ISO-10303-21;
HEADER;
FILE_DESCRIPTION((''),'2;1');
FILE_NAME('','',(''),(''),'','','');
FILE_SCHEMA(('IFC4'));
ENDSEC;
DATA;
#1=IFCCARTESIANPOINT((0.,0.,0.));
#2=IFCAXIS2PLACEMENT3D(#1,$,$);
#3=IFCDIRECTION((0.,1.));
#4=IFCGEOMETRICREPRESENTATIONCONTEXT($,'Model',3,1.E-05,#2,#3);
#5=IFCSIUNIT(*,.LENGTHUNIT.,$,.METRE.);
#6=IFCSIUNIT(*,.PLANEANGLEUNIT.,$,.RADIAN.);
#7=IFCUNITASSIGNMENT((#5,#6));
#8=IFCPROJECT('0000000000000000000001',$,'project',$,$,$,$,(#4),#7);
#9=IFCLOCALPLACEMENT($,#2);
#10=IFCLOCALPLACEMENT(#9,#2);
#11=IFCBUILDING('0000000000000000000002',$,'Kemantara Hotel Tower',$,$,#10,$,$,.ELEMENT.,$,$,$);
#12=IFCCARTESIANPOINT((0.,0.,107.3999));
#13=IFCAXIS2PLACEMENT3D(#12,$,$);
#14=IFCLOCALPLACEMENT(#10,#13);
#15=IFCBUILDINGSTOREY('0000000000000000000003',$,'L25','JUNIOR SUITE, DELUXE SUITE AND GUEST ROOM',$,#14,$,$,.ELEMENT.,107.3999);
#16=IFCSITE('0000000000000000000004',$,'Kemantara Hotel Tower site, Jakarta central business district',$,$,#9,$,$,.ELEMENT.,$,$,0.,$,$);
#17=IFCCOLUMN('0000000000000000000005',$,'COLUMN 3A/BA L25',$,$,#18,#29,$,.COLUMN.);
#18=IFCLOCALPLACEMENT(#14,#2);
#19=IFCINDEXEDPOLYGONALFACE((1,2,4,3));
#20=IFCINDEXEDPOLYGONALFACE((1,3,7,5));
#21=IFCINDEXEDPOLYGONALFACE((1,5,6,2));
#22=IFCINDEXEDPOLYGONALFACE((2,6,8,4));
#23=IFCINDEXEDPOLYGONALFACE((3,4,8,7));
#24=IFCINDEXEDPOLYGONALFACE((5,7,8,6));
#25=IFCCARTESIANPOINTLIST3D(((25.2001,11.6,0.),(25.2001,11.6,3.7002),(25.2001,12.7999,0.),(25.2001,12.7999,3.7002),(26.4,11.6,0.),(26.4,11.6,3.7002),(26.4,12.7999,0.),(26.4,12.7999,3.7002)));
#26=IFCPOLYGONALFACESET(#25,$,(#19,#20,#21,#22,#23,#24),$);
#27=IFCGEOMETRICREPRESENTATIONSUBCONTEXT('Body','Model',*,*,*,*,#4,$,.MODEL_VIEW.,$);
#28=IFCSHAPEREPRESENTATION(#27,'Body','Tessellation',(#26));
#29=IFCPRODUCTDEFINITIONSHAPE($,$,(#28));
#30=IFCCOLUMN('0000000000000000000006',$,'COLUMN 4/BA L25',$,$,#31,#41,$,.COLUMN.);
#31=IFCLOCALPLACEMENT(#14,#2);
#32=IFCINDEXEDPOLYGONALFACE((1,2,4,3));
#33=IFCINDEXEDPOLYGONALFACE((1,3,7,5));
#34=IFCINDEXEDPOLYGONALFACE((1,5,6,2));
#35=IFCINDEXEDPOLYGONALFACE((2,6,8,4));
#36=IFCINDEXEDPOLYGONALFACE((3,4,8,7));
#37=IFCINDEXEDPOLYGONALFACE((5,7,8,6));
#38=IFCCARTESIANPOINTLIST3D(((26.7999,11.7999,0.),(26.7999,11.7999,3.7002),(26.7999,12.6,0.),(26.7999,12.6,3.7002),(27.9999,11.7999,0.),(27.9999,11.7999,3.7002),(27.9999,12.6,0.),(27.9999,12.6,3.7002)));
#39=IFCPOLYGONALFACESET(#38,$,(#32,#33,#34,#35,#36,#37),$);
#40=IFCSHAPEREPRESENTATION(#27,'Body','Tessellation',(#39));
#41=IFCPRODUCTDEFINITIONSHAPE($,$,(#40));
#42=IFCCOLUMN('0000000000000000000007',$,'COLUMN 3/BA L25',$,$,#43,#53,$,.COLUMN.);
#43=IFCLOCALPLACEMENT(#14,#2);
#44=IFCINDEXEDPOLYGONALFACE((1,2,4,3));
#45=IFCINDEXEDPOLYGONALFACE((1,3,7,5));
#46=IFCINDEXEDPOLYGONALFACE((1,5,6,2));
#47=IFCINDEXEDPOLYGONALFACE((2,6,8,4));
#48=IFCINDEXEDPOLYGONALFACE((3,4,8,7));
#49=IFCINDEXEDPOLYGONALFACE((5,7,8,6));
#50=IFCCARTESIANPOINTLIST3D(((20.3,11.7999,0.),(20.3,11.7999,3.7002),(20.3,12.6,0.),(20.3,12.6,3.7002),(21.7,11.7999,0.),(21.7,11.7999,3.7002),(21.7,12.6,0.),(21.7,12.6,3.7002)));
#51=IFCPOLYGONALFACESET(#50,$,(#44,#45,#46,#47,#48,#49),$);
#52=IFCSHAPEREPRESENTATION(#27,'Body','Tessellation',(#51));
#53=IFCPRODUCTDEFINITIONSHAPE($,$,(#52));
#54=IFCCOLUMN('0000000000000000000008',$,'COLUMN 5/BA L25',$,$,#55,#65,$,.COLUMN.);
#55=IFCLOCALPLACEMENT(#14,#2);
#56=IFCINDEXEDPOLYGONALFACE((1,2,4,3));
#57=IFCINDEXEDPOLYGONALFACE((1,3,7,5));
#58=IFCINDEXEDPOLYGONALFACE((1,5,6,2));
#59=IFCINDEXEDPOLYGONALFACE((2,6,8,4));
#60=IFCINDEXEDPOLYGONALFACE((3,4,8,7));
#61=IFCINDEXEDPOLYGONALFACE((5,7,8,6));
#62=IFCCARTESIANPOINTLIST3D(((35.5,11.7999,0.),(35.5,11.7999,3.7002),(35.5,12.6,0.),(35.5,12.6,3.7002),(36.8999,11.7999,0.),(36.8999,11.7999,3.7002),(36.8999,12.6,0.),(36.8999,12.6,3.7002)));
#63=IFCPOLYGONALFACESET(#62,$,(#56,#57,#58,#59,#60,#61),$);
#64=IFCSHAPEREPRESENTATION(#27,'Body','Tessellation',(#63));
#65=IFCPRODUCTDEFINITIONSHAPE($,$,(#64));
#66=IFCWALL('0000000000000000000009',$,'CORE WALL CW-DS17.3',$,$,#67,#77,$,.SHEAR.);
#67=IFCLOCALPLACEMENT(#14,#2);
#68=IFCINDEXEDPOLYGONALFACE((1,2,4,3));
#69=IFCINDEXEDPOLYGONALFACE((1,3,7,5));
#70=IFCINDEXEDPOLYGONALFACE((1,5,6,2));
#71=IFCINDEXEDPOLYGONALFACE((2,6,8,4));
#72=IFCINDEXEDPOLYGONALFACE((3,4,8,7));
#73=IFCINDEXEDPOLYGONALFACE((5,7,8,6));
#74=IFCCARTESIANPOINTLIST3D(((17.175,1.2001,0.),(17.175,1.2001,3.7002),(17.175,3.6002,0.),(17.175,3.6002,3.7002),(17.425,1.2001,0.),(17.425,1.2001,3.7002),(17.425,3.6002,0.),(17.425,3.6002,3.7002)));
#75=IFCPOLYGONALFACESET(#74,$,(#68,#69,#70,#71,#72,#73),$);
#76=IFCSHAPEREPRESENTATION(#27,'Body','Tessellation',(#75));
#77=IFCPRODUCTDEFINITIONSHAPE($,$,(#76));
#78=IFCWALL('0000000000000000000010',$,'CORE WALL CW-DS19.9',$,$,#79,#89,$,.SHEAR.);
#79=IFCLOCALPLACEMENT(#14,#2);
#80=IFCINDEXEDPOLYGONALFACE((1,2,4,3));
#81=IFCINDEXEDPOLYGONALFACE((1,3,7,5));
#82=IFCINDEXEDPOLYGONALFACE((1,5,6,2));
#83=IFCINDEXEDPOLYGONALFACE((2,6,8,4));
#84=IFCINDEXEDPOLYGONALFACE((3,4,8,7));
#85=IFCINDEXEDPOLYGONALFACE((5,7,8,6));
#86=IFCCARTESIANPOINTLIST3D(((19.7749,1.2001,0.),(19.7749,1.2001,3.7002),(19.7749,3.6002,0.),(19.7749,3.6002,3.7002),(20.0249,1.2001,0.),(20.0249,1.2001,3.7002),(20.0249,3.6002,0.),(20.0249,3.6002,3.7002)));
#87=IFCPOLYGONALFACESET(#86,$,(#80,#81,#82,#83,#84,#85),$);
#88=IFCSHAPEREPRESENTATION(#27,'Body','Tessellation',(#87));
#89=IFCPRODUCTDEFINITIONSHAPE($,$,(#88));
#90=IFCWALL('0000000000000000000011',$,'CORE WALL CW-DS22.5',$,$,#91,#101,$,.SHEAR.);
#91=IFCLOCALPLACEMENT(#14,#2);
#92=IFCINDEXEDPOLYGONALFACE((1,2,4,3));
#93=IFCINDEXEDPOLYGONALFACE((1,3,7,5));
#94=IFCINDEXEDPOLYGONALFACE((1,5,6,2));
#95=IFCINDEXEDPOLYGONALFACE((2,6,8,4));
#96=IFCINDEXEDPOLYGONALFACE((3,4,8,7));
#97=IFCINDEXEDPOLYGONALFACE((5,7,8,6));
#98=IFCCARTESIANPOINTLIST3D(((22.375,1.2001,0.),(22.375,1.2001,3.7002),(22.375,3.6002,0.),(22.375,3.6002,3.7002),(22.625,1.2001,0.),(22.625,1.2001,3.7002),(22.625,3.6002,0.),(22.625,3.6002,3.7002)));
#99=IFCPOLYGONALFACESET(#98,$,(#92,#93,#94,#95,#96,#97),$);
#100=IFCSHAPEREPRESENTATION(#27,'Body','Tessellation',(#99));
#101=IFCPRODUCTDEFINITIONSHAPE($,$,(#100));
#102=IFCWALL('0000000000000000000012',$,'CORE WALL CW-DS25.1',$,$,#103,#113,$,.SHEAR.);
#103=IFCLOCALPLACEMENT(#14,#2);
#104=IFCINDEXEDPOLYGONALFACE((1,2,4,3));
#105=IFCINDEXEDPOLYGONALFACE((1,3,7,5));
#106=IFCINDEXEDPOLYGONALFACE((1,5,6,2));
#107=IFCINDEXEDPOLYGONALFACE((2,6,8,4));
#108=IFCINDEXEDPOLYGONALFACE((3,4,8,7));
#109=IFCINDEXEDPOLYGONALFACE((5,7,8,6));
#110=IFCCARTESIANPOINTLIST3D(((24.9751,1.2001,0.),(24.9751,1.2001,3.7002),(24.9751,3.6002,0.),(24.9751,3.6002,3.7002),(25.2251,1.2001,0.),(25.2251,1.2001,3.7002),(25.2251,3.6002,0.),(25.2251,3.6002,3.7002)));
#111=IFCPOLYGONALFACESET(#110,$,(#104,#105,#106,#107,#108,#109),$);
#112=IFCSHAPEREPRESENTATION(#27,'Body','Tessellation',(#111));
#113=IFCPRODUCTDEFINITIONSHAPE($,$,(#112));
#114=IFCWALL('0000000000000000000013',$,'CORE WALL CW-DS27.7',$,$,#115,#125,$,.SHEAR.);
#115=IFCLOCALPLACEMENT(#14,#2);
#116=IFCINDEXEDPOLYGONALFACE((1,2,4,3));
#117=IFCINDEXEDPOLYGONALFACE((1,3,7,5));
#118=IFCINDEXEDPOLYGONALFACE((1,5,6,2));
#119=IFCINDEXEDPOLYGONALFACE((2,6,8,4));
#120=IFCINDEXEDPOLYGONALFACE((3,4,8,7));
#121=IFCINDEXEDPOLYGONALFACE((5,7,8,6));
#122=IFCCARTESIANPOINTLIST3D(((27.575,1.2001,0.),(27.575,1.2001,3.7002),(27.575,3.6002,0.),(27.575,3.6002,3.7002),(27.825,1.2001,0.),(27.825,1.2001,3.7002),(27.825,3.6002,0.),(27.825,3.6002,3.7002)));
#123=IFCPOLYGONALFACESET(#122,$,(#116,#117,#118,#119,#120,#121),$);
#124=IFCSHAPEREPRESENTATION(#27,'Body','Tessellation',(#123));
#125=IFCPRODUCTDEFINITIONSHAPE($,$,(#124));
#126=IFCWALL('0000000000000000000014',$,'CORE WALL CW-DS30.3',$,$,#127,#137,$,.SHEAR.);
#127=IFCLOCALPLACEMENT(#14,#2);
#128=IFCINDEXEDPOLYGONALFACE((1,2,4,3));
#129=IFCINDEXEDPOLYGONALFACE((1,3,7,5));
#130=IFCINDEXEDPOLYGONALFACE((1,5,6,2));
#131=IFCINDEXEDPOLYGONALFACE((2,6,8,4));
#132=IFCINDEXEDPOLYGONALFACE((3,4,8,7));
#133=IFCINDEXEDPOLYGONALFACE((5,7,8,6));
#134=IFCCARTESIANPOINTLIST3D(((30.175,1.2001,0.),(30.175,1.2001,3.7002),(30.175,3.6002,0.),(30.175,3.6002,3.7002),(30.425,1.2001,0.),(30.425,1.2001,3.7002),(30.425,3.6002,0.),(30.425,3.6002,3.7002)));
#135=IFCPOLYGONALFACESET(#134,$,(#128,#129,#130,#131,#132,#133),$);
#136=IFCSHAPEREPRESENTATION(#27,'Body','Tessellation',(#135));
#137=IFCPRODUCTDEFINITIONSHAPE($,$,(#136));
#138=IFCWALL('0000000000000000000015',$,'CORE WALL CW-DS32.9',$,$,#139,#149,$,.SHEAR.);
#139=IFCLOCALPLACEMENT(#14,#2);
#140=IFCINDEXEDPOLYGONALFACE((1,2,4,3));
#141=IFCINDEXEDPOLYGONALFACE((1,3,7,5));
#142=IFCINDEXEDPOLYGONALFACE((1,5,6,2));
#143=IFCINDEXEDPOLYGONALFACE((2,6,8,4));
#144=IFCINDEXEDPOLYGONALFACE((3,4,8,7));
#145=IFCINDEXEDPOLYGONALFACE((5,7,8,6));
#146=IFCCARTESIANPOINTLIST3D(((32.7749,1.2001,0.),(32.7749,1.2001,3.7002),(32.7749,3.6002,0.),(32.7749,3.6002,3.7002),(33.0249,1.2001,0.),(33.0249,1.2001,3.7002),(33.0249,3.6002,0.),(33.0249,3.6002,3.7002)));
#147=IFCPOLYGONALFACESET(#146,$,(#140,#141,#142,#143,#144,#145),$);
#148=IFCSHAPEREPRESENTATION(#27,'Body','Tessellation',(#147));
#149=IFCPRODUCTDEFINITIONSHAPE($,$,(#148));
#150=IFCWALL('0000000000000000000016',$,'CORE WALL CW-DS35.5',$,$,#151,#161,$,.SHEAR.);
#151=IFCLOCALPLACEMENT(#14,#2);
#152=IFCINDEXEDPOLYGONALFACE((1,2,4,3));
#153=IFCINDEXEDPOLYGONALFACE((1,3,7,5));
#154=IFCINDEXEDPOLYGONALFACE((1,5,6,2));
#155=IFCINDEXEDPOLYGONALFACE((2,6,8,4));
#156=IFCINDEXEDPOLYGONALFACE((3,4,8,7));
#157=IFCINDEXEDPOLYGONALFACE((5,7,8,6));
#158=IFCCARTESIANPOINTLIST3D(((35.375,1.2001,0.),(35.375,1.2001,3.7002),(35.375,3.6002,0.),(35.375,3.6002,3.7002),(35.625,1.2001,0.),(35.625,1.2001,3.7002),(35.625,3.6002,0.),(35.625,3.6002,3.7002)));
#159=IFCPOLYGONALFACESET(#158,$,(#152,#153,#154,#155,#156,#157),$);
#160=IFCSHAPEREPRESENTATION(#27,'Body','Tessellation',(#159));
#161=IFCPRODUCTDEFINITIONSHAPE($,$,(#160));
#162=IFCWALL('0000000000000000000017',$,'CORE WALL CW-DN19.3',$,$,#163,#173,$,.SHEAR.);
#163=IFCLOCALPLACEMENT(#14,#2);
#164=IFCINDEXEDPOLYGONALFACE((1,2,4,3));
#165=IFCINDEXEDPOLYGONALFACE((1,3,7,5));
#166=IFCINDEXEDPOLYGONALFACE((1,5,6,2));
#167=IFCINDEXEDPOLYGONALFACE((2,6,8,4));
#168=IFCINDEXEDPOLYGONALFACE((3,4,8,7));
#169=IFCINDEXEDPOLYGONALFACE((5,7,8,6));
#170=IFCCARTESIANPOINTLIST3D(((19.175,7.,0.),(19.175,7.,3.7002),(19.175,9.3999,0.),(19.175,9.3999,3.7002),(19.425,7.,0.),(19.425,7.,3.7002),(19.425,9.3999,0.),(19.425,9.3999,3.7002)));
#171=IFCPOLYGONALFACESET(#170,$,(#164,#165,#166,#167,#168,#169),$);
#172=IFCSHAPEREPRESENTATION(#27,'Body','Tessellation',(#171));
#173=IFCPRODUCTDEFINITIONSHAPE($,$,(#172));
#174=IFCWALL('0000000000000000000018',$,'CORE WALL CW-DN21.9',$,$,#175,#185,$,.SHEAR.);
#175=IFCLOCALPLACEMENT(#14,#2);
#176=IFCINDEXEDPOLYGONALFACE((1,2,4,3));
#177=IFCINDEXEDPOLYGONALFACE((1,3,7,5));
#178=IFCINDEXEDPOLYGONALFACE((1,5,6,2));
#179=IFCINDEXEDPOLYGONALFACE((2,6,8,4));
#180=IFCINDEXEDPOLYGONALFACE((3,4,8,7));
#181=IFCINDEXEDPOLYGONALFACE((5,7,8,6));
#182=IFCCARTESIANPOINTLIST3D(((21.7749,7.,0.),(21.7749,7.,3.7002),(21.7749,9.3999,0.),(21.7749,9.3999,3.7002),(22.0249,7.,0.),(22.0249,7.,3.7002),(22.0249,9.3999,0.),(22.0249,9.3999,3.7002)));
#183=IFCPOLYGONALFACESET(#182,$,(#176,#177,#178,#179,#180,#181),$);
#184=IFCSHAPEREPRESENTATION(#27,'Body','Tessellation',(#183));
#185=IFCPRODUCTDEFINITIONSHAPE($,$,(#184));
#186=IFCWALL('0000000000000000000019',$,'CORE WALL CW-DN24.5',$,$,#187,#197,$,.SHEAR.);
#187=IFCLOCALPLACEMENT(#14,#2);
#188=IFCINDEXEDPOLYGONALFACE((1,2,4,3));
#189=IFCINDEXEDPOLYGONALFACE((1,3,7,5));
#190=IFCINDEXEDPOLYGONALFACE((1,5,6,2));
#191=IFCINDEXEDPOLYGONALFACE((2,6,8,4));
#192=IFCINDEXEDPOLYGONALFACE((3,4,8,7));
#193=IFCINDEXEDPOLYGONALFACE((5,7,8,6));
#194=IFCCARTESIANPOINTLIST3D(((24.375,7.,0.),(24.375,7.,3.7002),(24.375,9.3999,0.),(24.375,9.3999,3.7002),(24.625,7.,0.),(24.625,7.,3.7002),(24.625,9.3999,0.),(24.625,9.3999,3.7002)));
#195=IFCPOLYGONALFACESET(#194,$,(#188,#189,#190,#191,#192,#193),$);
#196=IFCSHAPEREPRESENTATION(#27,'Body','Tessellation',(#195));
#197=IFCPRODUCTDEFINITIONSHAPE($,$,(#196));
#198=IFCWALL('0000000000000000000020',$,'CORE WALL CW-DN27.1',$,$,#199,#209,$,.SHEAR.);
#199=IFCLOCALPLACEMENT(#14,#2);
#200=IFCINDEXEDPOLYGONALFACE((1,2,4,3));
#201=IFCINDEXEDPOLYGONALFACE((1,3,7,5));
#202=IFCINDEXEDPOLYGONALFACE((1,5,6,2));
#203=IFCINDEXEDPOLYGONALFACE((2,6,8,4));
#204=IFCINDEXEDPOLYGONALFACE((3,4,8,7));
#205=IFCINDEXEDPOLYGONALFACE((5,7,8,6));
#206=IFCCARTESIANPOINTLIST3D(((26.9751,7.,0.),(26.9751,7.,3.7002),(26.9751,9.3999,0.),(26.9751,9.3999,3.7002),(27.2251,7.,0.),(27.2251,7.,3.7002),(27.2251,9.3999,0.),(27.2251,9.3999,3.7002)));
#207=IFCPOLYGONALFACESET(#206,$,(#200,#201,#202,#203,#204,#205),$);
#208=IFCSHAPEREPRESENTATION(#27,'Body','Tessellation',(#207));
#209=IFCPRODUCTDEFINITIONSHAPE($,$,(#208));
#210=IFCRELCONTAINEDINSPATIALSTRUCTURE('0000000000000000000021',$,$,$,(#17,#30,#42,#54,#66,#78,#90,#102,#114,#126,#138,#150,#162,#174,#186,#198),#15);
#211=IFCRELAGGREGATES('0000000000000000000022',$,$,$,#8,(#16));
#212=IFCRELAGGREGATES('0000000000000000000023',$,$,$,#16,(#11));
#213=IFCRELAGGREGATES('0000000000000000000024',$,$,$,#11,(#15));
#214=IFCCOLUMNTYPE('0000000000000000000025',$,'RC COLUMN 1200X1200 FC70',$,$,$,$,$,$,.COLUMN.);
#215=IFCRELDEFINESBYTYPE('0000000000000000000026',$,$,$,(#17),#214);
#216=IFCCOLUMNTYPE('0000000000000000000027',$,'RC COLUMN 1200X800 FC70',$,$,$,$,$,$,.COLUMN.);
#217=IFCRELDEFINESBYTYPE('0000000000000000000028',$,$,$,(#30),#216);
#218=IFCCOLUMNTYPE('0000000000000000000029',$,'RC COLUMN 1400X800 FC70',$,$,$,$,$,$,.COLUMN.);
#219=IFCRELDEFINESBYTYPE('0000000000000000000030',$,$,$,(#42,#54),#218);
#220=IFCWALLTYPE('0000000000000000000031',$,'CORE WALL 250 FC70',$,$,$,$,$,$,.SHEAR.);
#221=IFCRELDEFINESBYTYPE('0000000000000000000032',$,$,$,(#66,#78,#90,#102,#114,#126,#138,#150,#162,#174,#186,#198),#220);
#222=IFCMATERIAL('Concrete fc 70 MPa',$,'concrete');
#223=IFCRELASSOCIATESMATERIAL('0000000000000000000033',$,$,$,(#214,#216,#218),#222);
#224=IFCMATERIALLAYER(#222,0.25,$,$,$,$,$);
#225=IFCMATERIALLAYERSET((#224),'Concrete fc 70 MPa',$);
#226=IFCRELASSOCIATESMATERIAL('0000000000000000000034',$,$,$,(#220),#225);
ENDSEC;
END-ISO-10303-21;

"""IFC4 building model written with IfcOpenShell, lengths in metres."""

from ifc_helpers import new_model, si_unit, direction, frame, frame_2d, origin, origin_2d, place, context, subcontext, project, spatial, rectangle, extrude, material, layer, layer_set, material_profile, profile_set, type_object, element, save


model = new_model("IFC4")

# Units and contexts
model_context = context("Model", 3, precision=1e-05, world=origin(), true_north=direction((0.0, 1.0)))
body_context = subcontext(model_context, "Body", "Model", "MODEL_VIEW")
ifc_project = project(units=[si_unit("LENGTHUNIT", "METRE"), si_unit("PLANEANGLEUNIT", "RADIAN")], contexts=[model_context])

# Site, building, storey
site_placement = place(None, origin())
site = spatial("IfcSite", under=ifc_project, at=site_placement, Name="Kemantara Hotel Tower site, Jakarta central business district", CompositionType="ELEMENT", RefElevation=0.0)
building_placement = place(site_placement, origin())
building = spatial("IfcBuilding", under=site, at=building_placement, Name="Kemantara Hotel Tower", CompositionType="ELEMENT")
storey_placement = place(building_placement, frame((0.0, 0.0, 107.3999)))
storey = spatial("IfcBuildingStorey", under=building, at=storey_placement, Name="L25", Description="JUNIOR SUITE, DELUXE SUITE AND GUEST ROOM", CompositionType="ELEMENT", Elevation=107.3999)

# Columns
ifc_material_1 = material(Name="Concrete fc 70 MPa", Category="concrete")
ifc_material_profile_1 = material_profile(ifc_material_1, rectangle(XDim=1.2, YDim=1.2, at=origin_2d()), Name="RC 1200X1200")
ifc_profile_set_1 = profile_set([ifc_material_profile_1], Name="Concrete fc 70 MPa")
column_type_1 = type_object("IfcColumnType", Name="RC COLUMN 1200X1200 FC70", PredefinedType="COLUMN", material=ifc_profile_set_1)
column_1_placement = place(storey_placement, frame((25.8, 12.2, 0.0), z_axis=(0.0, 0.0, 1.0), x_axis=(1.0, 0.0, 0.0)))
element("IfcColumn", 1, at=column_1_placement, inside=storey, type_object=column_type_1, Name="COLUMN 3A/BA L25", PredefinedType="COLUMN", context=body_context, shape_type="SweptSolid", body=[
    extrude(rectangle(XDim=1.2, YDim=1.2, at=origin_2d()), origin(), (0.0, 0.0, 1.0), 3.7002),
])
ifc_material_profile_2 = material_profile(ifc_material_1, rectangle(XDim=1.2, YDim=0.8, at=origin_2d()), Name="RC 1200X800")
ifc_profile_set_2 = profile_set([ifc_material_profile_2], Name="Concrete fc 70 MPa")
column_type_2 = type_object("IfcColumnType", Name="RC COLUMN 1200X800 FC70", PredefinedType="COLUMN", material=ifc_profile_set_2)
column_2_placement = place(storey_placement, frame((27.3999, 12.2, 0.0), z_axis=(0.0, 0.0, 1.0), x_axis=(1.0, 0.0, 0.0)))
element("IfcColumn", 2, at=column_2_placement, inside=storey, type_object=column_type_2, Name="COLUMN 4/BA L25", PredefinedType="COLUMN", context=body_context, shape_type="SweptSolid", body=[
    extrude(rectangle(XDim=1.2, YDim=0.8, at=origin_2d()), origin(), (0.0, 0.0, 1.0), 3.7002),
])
ifc_material_profile_3 = material_profile(ifc_material_1, rectangle(XDim=1.3999, YDim=0.8, at=origin_2d()), Name="RC 1400X800")
ifc_profile_set_3 = profile_set([ifc_material_profile_3], Name="Concrete fc 70 MPa")
column_type_3 = type_object("IfcColumnType", Name="RC COLUMN 1400X800 FC70", PredefinedType="COLUMN", material=ifc_profile_set_3)
for number, where, z_axis, x_axis, name in (
    (3, (21.0, 12.2, 0.0), (0.0, 0.0, 1.0), (1.0, 0.0, 0.0), "COLUMN 3/BA L25"),
    (4, (36.2, 12.2, 0.0), (0.0, 0.0, 1.0), (1.0, 0.0, 0.0), "COLUMN 5/BA L25"),
):
    element("IfcColumn", number, at=place(storey_placement, frame(where, z_axis=z_axis, x_axis=x_axis)), inside=storey, type_object=column_type_3, Name=name, PredefinedType="COLUMN", context=body_context, shape_type="SweptSolid", body=[
        extrude(rectangle(XDim=1.3999, YDim=0.8, at=origin_2d()), origin(), (0.0, 0.0, 1.0), 3.7002),
    ])

# Walls
ifc_layer_1 = layer(ifc_material_1, 0.25)
ifc_layer_set_1 = layer_set([ifc_layer_1], Name="Concrete fc 70 MPa")
wall_type_1 = type_object("IfcWallType", Name="CORE WALL 250 FC70", PredefinedType="SHEAR", material=ifc_layer_set_1)
for number, where, z_axis, x_axis, name in (
    (5, (17.3, 1.2, 0.0), (0.0, 0.0, 1.0), (0.0, 1.0, 0.0), "CORE WALL CW-DS17.3"),
    (6, (19.8999, 1.2, 0.0), (0.0, 0.0, 1.0), (0.0, 1.0, 0.0), "CORE WALL CW-DS19.9"),
    (7, (22.5, 1.2, 0.0), (0.0, 0.0, 1.0), (0.0, 1.0, 0.0), "CORE WALL CW-DS22.5"),
    (8, (25.1001, 1.2, 0.0), (0.0, 0.0, 1.0), (0.0, 1.0, 0.0), "CORE WALL CW-DS25.1"),
    (9, (27.7, 1.2, 0.0), (0.0, 0.0, 1.0), (0.0, 1.0, 0.0), "CORE WALL CW-DS27.7"),
    (10, (30.3, 1.2, 0.0), (0.0, 0.0, 1.0), (0.0, 1.0, 0.0), "CORE WALL CW-DS30.3"),
    (11, (32.8999, 1.2, 0.0), (0.0, 0.0, 1.0), (0.0, 1.0, 0.0), "CORE WALL CW-DS32.9"),
    (12, (35.5, 1.2, 0.0), (0.0, 0.0, 1.0), (0.0, 1.0, 0.0), "CORE WALL CW-DS35.5"),
):
    element("IfcWall", number, at=place(storey_placement, frame(where, z_axis=z_axis, x_axis=x_axis)), inside=storey, type_object=wall_type_1, Name=name, PredefinedType="SHEAR", context=body_context, shape_type="SweptSolid", body=[
        extrude(rectangle(XDim=2.4001, YDim=0.25, at=frame_2d((1.2002, 0.0))), origin(), (0.0, 0.0, 1.0), 3.7002),
    ])
for number, where, z_axis, x_axis, name in (
    (13, (19.3, 7.0, 0.0), (0.0, 0.0, 1.0), (0.0, 1.0, 0.0), "CORE WALL CW-DN19.3"),
    (14, (21.8999, 7.0, 0.0), (0.0, 0.0, 1.0), (0.0, 1.0, 0.0), "CORE WALL CW-DN21.9"),
    (15, (24.5, 7.0, 0.0), (0.0, 0.0, 1.0), (0.0, 1.0, 0.0), "CORE WALL CW-DN24.5"),
    (16, (27.1001, 7.0, 0.0), (0.0, 0.0, 1.0), (0.0, 1.0, 0.0), "CORE WALL CW-DN27.1"),
):
    element("IfcWall", number, at=place(storey_placement, frame(where, z_axis=z_axis, x_axis=x_axis)), inside=storey, type_object=wall_type_1, Name=name, PredefinedType="SHEAR", context=body_context, shape_type="SweptSolid", body=[
        extrude(rectangle(XDim=2.3999, YDim=0.25, at=frame_2d((1.2, 0.0))), origin(), (0.0, 0.0, 1.0), 3.7002),
    ])

save(model, "model.ifc")
